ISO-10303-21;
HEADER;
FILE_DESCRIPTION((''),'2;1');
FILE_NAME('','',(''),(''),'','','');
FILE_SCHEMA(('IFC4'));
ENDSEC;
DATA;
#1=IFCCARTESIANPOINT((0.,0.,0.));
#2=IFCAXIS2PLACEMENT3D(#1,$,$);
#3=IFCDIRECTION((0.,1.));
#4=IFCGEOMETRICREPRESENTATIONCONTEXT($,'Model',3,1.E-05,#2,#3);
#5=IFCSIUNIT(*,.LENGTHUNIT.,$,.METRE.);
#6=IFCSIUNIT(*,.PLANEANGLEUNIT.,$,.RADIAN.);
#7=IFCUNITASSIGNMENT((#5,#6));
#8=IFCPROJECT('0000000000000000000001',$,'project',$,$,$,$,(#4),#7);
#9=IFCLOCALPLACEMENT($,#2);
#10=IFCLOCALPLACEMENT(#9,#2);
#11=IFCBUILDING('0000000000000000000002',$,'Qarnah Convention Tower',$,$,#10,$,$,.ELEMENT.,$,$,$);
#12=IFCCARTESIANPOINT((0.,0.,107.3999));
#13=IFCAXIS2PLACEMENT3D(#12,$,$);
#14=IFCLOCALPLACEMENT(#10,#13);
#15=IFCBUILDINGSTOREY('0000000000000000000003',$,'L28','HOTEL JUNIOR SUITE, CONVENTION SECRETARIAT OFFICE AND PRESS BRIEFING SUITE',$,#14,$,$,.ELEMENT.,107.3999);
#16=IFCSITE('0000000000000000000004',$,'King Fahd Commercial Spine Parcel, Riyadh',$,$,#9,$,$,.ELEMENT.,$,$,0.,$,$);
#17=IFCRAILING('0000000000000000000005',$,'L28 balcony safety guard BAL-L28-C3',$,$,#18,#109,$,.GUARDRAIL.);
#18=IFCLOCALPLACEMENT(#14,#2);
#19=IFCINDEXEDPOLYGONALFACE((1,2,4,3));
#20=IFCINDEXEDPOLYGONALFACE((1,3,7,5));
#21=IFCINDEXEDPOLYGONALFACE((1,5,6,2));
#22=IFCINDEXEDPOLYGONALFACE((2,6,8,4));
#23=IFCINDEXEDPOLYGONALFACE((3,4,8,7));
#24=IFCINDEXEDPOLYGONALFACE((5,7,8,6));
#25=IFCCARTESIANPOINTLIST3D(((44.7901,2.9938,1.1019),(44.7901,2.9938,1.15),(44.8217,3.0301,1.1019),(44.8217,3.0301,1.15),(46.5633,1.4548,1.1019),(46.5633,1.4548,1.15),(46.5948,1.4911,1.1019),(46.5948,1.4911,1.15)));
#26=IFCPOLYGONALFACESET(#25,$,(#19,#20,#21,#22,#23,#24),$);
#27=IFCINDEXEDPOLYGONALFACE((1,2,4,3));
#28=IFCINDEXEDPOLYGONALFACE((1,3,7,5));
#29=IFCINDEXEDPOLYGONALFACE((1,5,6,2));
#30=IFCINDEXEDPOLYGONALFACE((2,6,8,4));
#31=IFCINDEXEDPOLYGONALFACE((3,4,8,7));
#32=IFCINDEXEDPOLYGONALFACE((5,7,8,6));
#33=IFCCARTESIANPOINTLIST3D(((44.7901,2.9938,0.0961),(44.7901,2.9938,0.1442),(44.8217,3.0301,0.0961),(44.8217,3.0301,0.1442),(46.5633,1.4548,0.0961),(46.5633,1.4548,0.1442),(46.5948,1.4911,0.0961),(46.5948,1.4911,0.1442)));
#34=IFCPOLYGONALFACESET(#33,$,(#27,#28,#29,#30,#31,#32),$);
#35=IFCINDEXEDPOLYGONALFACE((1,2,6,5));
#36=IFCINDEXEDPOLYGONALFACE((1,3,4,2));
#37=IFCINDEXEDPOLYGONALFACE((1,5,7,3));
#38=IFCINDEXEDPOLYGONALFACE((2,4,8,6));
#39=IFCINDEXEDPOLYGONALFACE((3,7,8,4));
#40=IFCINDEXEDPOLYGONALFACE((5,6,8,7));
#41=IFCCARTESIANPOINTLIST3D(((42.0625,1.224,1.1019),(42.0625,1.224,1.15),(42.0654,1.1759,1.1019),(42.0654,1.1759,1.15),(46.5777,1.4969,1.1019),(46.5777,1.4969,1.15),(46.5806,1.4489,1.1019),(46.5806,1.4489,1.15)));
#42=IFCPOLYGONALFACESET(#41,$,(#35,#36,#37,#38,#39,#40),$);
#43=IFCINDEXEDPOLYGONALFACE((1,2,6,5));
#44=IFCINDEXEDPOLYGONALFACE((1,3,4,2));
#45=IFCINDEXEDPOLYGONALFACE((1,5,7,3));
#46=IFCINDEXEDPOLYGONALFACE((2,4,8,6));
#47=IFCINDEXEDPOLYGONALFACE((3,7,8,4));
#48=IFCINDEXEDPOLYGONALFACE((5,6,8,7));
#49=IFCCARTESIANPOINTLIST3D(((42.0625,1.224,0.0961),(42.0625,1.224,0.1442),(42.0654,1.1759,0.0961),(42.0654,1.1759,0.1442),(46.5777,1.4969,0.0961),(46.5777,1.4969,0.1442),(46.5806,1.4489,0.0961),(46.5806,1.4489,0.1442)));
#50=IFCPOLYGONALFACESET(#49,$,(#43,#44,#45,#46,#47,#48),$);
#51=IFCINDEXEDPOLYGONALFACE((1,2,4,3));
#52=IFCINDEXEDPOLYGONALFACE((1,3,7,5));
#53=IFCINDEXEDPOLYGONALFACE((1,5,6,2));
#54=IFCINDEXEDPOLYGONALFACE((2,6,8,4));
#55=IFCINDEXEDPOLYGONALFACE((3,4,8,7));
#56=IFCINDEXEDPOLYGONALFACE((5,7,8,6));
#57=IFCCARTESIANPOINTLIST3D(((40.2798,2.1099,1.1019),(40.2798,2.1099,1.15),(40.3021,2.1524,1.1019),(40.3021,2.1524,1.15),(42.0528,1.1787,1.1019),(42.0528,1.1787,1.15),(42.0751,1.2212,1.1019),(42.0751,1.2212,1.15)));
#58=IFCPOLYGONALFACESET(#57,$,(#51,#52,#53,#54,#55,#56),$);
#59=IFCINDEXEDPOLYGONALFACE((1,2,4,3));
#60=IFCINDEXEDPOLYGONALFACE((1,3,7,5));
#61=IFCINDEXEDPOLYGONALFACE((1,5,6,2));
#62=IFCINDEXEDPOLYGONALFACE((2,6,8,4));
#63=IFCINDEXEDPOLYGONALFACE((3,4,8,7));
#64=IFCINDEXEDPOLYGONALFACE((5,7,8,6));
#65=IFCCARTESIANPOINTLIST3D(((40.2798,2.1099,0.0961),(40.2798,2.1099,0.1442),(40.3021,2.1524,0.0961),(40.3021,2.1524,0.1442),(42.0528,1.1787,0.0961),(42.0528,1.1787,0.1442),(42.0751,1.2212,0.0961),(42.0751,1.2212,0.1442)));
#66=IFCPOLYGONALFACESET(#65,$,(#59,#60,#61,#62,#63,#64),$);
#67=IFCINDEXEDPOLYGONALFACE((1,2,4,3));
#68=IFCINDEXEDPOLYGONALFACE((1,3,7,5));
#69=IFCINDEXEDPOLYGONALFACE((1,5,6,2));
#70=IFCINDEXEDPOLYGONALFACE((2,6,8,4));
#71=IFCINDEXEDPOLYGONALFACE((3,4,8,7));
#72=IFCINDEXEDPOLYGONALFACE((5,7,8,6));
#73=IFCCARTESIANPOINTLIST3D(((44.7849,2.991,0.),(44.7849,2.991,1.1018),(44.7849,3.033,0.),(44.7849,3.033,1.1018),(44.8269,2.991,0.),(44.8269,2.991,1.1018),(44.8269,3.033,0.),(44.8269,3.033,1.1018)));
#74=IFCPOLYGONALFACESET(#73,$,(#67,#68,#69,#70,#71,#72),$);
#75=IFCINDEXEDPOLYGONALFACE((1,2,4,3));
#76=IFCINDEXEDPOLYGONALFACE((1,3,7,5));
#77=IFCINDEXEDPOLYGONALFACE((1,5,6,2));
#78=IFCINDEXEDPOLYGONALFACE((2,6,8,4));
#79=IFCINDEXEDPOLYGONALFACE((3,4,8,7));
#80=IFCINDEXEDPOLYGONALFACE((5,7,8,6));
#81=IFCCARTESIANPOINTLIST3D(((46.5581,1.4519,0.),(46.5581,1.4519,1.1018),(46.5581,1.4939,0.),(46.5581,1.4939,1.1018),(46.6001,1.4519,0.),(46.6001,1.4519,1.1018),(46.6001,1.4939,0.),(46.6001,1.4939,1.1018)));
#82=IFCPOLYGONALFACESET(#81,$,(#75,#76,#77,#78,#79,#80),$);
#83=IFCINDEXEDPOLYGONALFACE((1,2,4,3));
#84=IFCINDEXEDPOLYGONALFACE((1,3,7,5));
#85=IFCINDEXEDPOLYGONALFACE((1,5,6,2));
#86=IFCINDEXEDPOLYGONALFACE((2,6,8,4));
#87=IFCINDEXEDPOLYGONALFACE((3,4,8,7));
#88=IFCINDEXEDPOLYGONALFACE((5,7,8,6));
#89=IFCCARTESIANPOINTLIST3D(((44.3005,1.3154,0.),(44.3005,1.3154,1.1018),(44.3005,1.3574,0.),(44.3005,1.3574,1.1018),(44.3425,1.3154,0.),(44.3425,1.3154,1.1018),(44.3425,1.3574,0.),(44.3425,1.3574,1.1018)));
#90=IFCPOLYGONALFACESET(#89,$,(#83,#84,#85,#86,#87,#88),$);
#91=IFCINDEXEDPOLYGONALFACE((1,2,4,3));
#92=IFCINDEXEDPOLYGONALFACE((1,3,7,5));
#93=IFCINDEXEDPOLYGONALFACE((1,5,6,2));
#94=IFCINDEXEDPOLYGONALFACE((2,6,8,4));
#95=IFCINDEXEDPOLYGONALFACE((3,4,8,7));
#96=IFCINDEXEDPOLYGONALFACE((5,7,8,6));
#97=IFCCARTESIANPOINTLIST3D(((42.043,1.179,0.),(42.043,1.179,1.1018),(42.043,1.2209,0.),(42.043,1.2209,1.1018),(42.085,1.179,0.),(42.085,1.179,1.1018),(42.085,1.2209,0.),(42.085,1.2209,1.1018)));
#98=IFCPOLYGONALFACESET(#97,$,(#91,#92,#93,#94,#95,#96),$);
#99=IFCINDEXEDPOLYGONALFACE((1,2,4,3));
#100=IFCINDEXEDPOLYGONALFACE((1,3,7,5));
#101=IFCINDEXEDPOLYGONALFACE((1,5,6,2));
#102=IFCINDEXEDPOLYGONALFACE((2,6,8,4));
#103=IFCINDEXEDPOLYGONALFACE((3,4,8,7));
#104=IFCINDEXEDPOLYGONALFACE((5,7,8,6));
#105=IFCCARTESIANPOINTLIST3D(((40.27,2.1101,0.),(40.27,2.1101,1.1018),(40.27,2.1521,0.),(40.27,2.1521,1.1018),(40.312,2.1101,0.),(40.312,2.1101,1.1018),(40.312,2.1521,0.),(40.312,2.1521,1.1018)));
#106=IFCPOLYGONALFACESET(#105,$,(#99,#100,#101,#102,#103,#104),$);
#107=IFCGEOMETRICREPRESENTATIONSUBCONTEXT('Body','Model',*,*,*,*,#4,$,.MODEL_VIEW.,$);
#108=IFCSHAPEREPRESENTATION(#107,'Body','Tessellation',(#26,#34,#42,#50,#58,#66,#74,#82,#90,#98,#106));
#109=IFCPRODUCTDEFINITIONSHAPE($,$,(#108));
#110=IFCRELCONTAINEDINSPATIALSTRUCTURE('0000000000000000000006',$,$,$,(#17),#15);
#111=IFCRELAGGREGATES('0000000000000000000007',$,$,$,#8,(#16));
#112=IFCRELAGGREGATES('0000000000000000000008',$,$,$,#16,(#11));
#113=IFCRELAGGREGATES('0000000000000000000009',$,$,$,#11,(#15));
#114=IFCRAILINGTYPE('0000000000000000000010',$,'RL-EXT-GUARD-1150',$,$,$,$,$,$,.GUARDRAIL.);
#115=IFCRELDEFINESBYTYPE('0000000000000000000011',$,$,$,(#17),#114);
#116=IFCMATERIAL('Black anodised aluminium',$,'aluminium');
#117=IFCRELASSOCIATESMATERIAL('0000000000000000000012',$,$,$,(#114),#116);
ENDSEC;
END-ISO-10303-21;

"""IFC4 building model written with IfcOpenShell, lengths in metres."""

from ifc_helpers import new_model, si_unit, direction, frame, origin, origin_2d, place, context, subcontext, project, spatial, rectangle, extrude, material, type_object, element, save


model = new_model("IFC4")

# Units and contexts
model_context = context("Model", 3, precision=1e-05, world=origin(), true_north=direction((0.0, 1.0)))
body_context = subcontext(model_context, "Body", "Model", "MODEL_VIEW")
ifc_project = project(units=[si_unit("LENGTHUNIT", "METRE"), si_unit("PLANEANGLEUNIT", "RADIAN")], contexts=[model_context])

# Site, building, storey
site_placement = place(None, origin())
site = spatial("IfcSite", under=ifc_project, at=site_placement, Name="King Fahd Commercial Spine Parcel, Riyadh", CompositionType="ELEMENT", RefElevation=0.0)
building_placement = place(site_placement, origin())
building = spatial("IfcBuilding", under=site, at=building_placement, Name="Qarnah Convention Tower", CompositionType="ELEMENT")
storey_placement = place(building_placement, frame((0.0, 0.0, 107.3999)))
storey = spatial("IfcBuildingStorey", under=building, at=storey_placement, Name="L28", Description="HOTEL JUNIOR SUITE, CONVENTION SECRETARIAT OFFICE AND PRESS BRIEFING SUITE", CompositionType="ELEMENT", Elevation=107.3999)

# Shared definitions
ifc_material_1 = material(Name="Black anodised aluminium", Category="aluminium")

# Railing
railing_type = type_object("IfcRailingType", Name="RL-EXT-GUARD-1150", PredefinedType="GUARDRAIL", material=ifc_material_1)
railing_1_placement = place(storey_placement, frame((44.8059, 3.012, 0.0)))
element("IfcRailing", 1, at=railing_1_placement, inside=storey, type_object=railing_type, Name="L28 balcony safety guard BAL-L28-C3", PredefinedType="GUARDRAIL", context=body_context, shape_type="SweptSolid", body=[
    extrude(rectangle(XDim=0.0481, YDim=0.0481, at=origin_2d()), frame((0.0, 0.0, 1.126), z_axis=(0.755205, -0.655489, 0.0), x_axis=(0.655489, 0.755205, 0.0)), (0.0, 0.0, 1.0), 2.3479),
    extrude(rectangle(XDim=0.0481, YDim=0.0481, at=origin_2d()), frame((0.0, 0.0, 0.1201), z_axis=(0.755205, -0.655489, 0.0), x_axis=(0.655489, 0.755205, 0.0)), (0.0, 0.0, 1.0), 2.3479),
    extrude(rectangle(XDim=0.0481, YDim=0.0481, at=origin_2d()), frame((1.7732, -1.5391, 1.126), z_axis=(-0.998178, -0.060342, 0.0), x_axis=(0.060342, -0.998178, 0.0)), (0.0, 0.0, 1.0), 4.5234),
    extrude(rectangle(XDim=0.0481, YDim=0.0481, at=origin_2d()), frame((1.7732, -1.5391, 0.1201), z_axis=(-0.998178, -0.060342, 0.0), x_axis=(0.060342, -0.998178, 0.0)), (0.0, 0.0, 1.0), 4.5234),
    extrude(rectangle(XDim=0.0481, YDim=0.0481, at=origin_2d()), frame((-2.7419, -1.812, 1.126), z_axis=(-0.885325, 0.464972, 0.0), x_axis=(-0.464972, -0.885325, 0.0)), (0.0, 0.0, 1.0), 2.0027),
    extrude(rectangle(XDim=0.0481, YDim=0.0481, at=origin_2d()), frame((-2.7419, -1.812, 0.1201), z_axis=(-0.885325, 0.464972, 0.0), x_axis=(-0.464972, -0.885325, 0.0)), (0.0, 0.0, 1.0), 2.0027),
    extrude(rectangle(XDim=0.042, YDim=0.042, at=origin_2d()), origin(), (0.0, 0.0, 1.0), 1.1018),
    extrude(rectangle(XDim=0.042, YDim=0.042, at=origin_2d()), frame((1.7732, -1.5391, 0.0)), (0.0, 0.0, 1.0), 1.1018),
    extrude(rectangle(XDim=0.042, YDim=0.042, at=origin_2d()), frame((-0.4844, -1.6755, 0.0)), (0.0, 0.0, 1.0), 1.1018),
    extrude(rectangle(XDim=0.042, YDim=0.042, at=origin_2d()), frame((-2.7419, -1.812, 0.0)), (0.0, 0.0, 1.0), 1.1018),
    extrude(rectangle(XDim=0.042, YDim=0.042, at=origin_2d()), frame((-4.5149, -0.8809, 0.0)), (0.0, 0.0, 1.0), 1.1018),
])

save(model, "model.ifc")
